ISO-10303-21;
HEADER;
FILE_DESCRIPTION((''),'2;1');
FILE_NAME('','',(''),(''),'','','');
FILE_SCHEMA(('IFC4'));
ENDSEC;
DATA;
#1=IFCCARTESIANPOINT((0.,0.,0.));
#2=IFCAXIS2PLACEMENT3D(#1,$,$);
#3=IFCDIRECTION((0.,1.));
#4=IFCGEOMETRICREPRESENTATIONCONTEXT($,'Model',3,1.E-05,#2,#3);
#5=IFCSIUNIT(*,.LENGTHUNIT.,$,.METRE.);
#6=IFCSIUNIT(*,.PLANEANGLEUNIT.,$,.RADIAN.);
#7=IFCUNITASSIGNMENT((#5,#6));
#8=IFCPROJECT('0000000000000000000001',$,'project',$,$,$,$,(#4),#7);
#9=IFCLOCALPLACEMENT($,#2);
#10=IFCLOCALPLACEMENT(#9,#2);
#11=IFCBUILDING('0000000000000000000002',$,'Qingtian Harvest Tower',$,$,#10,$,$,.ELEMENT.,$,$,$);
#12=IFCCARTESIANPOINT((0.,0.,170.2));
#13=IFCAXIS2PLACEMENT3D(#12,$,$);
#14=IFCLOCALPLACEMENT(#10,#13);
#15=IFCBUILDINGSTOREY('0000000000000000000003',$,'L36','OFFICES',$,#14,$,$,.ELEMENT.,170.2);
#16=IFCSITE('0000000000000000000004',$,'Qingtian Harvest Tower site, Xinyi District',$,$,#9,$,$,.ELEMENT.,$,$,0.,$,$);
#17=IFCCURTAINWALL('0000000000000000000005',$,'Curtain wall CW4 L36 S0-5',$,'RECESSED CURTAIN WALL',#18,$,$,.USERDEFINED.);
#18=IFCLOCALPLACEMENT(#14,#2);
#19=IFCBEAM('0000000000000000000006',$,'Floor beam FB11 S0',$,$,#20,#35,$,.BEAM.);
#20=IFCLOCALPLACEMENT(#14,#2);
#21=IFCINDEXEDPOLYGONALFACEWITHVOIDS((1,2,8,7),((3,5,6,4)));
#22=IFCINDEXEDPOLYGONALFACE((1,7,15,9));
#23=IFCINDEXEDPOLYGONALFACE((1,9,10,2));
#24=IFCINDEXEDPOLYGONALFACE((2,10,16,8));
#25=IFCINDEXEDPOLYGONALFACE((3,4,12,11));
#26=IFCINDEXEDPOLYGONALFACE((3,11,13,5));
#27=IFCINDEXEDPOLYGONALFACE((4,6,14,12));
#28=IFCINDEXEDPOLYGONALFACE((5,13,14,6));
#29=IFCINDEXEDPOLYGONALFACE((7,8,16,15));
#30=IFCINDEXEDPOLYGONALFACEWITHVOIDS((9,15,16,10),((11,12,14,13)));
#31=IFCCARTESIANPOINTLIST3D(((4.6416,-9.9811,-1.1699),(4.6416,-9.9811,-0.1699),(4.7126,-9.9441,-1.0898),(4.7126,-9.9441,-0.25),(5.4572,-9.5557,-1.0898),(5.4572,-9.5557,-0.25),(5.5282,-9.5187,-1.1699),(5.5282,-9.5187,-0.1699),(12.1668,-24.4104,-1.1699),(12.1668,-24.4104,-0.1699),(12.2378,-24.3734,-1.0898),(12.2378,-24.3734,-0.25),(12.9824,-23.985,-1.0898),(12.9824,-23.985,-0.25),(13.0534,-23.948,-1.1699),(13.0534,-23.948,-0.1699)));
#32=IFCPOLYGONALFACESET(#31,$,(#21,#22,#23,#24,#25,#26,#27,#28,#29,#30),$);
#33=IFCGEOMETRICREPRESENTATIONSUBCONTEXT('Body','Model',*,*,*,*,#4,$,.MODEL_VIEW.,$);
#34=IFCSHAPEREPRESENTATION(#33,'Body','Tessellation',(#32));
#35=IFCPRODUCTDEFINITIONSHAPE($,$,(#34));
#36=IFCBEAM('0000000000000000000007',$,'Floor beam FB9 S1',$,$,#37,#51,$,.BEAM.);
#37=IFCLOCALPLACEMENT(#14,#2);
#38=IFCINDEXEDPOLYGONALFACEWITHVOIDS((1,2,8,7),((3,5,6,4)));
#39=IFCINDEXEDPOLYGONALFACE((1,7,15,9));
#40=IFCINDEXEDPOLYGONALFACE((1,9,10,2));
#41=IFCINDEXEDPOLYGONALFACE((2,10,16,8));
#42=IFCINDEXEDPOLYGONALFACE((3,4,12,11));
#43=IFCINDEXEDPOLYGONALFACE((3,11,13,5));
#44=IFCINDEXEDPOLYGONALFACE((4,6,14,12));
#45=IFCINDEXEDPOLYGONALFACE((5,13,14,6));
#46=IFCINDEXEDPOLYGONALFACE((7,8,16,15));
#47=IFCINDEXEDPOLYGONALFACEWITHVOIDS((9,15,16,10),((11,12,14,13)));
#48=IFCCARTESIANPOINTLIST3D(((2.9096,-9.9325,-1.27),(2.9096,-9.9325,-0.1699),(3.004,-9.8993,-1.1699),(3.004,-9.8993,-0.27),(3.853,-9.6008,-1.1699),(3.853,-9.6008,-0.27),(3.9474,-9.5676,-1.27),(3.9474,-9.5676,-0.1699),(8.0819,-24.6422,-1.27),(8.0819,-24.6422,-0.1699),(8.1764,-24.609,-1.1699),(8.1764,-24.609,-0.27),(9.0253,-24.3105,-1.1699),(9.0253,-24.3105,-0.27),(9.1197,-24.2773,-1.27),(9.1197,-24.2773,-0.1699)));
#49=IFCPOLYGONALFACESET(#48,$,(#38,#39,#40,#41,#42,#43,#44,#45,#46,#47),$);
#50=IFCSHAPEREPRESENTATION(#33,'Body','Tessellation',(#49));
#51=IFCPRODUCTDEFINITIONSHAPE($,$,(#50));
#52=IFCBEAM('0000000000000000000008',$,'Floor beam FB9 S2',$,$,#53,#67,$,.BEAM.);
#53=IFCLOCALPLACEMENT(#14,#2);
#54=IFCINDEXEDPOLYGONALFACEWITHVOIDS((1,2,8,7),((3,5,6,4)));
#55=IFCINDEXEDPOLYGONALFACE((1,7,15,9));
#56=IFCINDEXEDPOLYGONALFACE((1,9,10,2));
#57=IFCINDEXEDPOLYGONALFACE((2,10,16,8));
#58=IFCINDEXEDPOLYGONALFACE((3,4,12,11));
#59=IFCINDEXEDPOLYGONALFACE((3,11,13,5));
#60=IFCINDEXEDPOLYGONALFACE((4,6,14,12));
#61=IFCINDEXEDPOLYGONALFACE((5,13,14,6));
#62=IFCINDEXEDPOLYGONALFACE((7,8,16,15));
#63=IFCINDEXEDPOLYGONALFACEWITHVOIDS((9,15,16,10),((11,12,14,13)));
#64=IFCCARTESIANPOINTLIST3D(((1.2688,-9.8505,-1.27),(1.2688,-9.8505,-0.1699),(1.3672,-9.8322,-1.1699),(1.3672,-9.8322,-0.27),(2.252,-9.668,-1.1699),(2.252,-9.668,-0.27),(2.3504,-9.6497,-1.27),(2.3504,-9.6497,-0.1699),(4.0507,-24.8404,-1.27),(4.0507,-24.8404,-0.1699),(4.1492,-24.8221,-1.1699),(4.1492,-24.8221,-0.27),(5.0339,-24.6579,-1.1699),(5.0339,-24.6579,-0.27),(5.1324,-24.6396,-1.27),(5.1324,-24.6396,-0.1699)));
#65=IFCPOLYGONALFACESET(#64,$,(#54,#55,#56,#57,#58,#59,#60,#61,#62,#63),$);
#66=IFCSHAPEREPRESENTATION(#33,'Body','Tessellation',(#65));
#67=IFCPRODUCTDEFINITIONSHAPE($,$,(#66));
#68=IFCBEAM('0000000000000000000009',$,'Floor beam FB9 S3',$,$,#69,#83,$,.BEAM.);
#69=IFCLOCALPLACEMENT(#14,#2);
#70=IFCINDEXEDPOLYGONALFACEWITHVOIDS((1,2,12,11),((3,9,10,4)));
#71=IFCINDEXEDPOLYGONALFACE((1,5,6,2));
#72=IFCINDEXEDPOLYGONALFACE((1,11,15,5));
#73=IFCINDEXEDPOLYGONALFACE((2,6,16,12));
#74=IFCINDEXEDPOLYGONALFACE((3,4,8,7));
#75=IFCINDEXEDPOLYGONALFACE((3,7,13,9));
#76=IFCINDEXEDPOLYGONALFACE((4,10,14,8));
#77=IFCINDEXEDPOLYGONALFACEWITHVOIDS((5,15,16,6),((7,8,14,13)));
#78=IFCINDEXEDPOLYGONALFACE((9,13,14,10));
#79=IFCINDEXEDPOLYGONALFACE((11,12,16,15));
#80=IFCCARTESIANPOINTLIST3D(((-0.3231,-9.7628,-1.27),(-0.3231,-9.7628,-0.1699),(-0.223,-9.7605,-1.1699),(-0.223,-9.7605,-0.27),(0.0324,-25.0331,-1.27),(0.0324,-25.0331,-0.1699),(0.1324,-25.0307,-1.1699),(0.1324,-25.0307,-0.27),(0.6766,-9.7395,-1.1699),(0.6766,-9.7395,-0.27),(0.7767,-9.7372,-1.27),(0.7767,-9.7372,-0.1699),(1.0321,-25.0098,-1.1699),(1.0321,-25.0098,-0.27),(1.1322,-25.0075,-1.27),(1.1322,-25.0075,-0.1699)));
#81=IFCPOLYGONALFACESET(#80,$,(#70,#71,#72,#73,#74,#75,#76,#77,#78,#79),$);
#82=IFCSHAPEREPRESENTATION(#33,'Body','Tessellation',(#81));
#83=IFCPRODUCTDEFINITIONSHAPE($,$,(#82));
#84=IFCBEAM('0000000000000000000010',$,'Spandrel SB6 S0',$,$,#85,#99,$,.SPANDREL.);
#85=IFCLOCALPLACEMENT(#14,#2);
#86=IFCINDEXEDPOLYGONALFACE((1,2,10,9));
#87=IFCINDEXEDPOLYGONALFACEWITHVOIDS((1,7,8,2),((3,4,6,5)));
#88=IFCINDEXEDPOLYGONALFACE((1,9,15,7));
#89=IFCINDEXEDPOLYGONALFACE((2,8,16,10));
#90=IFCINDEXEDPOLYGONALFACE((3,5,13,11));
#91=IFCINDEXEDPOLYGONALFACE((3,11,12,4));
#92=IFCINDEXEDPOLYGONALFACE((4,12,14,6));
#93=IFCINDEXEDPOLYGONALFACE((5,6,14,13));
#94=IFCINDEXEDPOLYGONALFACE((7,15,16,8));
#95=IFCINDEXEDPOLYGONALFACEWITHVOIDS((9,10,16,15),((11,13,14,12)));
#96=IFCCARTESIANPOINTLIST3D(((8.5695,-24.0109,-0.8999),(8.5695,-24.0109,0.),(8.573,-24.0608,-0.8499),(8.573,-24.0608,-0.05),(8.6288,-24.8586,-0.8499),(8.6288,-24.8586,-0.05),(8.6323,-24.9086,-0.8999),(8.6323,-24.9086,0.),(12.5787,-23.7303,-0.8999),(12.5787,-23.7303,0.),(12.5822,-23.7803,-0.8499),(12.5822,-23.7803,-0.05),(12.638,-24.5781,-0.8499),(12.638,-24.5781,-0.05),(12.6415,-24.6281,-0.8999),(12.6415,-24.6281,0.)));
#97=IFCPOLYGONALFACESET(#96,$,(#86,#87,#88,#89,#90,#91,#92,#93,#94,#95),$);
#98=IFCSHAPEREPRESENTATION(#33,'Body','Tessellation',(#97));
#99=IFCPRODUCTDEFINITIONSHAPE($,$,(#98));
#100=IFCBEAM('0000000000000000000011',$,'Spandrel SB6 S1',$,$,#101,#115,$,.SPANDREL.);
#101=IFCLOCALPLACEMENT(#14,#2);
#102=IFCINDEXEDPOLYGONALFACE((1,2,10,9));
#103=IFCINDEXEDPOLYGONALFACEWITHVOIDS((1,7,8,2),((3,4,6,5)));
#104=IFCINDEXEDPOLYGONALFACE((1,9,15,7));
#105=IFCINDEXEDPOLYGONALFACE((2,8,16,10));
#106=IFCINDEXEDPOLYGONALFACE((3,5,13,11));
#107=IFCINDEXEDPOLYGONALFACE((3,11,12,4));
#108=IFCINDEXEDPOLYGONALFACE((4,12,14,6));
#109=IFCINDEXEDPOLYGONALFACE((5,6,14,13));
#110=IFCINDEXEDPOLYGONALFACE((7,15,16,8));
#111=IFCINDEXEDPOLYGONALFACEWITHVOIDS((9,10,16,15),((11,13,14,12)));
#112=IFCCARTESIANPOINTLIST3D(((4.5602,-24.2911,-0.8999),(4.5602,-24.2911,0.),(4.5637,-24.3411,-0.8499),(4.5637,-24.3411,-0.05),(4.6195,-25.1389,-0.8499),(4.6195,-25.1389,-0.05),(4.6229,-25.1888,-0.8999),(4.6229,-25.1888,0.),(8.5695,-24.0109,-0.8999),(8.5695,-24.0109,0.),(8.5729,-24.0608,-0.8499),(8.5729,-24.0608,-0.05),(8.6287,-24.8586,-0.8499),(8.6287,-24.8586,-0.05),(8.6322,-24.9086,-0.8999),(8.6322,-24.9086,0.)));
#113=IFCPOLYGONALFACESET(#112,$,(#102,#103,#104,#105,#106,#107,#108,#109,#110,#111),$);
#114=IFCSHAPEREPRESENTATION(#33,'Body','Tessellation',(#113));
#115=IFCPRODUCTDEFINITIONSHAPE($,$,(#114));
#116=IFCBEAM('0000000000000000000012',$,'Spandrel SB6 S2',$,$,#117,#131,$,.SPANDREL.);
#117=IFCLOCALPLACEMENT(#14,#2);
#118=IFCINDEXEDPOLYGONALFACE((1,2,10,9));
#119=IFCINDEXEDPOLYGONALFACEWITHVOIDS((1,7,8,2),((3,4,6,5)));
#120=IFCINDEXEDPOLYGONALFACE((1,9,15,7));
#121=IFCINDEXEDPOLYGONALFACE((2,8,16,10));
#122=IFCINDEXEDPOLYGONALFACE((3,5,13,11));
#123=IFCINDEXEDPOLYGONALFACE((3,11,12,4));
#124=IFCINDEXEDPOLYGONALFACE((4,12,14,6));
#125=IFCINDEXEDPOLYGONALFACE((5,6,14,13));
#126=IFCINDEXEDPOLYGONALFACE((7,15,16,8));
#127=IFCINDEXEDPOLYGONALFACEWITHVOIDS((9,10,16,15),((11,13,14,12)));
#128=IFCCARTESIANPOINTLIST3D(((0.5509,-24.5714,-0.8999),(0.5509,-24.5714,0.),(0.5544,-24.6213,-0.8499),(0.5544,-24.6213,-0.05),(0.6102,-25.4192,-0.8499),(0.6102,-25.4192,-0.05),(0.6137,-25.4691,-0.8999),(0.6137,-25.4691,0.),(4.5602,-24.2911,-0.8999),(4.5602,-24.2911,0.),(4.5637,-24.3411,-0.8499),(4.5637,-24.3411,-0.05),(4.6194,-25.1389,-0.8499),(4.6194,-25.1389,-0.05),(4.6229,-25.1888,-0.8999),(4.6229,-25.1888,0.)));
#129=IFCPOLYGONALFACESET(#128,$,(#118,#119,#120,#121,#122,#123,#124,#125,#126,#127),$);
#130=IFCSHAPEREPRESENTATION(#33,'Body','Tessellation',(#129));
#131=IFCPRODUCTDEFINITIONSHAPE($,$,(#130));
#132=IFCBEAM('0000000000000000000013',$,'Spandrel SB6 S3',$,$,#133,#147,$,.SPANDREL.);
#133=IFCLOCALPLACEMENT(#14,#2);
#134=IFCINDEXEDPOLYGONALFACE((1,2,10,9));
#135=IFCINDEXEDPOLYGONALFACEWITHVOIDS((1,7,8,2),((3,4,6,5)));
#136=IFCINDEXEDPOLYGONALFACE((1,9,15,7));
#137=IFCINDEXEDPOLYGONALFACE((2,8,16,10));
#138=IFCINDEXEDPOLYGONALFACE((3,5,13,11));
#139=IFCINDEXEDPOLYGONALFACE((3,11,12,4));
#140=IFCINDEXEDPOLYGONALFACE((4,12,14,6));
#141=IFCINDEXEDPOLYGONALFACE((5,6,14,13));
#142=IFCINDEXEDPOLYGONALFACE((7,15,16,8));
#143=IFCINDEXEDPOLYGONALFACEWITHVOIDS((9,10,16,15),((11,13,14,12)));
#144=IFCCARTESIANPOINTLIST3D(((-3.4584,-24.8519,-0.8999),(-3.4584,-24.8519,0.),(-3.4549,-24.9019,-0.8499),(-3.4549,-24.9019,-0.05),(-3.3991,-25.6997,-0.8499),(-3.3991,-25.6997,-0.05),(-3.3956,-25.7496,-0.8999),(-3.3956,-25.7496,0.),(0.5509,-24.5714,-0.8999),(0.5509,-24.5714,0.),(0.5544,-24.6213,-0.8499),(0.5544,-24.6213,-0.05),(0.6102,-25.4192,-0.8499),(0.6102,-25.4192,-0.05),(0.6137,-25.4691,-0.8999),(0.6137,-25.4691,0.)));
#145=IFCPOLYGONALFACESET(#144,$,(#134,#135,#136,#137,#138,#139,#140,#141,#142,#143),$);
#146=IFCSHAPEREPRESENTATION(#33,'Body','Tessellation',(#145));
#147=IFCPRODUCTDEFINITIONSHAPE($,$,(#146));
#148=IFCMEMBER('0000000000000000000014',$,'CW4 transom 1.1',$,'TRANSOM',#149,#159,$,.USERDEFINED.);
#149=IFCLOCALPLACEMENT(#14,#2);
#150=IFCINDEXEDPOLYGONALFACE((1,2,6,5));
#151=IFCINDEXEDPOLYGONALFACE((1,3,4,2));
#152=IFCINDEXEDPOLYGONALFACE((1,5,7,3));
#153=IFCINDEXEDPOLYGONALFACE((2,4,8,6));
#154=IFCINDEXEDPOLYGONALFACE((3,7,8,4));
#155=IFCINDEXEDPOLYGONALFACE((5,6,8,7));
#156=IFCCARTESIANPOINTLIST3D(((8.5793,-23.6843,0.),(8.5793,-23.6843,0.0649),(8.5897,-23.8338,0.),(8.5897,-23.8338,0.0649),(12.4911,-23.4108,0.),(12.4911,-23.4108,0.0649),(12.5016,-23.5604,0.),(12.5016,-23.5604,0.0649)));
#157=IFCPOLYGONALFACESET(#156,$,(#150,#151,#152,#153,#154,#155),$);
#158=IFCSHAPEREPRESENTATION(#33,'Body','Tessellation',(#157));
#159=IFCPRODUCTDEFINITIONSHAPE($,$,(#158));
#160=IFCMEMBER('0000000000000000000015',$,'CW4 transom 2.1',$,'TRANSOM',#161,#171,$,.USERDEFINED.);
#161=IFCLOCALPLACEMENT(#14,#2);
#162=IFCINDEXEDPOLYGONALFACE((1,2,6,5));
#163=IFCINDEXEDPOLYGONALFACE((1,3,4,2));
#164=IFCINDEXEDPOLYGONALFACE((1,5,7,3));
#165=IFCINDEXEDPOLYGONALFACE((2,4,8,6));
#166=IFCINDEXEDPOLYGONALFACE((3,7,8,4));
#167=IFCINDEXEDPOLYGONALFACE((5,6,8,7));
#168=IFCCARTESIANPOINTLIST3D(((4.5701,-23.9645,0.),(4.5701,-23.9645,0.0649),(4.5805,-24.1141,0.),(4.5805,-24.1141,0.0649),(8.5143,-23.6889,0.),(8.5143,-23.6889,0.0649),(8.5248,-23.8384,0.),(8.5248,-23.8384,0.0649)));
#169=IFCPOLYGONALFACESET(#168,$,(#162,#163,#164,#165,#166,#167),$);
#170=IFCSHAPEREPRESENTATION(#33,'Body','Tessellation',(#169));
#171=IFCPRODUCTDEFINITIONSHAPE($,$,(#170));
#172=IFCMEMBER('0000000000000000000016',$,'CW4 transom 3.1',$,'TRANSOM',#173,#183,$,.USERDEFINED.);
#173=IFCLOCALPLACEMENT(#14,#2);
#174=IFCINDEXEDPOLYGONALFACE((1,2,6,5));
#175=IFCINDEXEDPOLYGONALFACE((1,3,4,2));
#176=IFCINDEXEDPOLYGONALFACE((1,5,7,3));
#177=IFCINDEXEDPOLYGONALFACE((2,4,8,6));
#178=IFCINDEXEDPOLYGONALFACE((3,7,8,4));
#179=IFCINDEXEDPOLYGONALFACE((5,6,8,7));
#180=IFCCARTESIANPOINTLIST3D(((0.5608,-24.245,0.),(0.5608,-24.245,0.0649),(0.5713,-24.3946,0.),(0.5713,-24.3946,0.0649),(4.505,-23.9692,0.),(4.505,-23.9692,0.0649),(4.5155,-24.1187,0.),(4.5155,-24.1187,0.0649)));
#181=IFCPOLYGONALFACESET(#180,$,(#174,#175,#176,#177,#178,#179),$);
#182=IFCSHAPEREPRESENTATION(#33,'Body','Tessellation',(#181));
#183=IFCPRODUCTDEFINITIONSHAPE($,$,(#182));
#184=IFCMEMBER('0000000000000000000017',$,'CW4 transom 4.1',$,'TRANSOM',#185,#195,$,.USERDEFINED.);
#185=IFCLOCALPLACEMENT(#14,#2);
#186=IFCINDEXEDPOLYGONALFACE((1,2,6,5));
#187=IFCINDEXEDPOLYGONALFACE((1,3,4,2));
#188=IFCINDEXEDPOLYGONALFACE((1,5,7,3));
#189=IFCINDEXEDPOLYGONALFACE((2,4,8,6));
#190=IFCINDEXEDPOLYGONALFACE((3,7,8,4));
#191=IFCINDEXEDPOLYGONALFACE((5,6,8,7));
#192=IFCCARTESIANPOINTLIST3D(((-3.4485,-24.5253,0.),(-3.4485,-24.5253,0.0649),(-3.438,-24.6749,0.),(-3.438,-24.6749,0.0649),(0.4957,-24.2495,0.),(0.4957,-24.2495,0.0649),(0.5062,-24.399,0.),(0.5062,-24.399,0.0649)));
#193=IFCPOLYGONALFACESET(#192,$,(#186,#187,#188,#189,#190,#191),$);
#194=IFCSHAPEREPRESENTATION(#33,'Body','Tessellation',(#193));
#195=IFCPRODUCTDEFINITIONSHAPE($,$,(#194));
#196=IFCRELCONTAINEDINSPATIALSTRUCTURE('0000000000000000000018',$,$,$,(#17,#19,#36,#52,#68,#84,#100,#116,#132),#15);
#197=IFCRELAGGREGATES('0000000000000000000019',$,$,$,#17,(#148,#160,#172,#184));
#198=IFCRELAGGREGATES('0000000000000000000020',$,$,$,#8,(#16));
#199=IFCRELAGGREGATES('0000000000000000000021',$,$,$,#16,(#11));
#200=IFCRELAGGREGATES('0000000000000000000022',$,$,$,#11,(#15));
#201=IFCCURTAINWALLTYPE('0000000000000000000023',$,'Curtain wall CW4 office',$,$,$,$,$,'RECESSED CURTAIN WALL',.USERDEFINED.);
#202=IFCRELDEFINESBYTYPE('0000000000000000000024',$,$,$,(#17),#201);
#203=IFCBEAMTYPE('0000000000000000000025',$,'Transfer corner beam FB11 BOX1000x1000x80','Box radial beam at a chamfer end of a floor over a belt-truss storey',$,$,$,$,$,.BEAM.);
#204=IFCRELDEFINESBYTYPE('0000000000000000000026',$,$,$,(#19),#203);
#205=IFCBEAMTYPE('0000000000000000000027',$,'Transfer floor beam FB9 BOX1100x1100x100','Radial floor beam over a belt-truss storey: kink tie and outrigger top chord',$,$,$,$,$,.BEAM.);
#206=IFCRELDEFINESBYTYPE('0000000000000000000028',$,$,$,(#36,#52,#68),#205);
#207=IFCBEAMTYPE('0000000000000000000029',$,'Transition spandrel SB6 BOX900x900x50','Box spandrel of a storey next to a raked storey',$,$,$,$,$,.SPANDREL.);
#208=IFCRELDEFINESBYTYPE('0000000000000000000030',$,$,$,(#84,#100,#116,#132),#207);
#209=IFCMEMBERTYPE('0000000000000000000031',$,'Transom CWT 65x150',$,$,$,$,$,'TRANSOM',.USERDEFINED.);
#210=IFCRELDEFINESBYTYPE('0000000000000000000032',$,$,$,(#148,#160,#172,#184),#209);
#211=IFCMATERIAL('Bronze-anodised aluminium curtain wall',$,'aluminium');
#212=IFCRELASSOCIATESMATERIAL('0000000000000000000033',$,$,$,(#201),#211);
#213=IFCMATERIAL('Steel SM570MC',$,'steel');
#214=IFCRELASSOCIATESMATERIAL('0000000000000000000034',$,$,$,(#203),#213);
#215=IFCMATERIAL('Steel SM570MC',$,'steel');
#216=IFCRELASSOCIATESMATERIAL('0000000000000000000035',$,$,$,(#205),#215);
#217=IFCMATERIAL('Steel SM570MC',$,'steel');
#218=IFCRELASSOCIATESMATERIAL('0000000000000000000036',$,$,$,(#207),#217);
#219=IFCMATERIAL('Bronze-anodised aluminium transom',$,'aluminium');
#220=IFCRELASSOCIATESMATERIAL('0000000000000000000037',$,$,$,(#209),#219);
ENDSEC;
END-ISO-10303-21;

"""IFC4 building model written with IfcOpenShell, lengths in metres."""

from ifc_helpers import new_model, si_unit, direction, frame, origin, origin_2d, place, context, subcontext, project, spatial, rectangle, hollow_rectangle, extrude, material, material_profile, profile_set, type_object, element, aggregate, save


model = new_model("IFC4")

# Units and contexts
model_context = context("Model", 3, precision=1e-05, world=origin(), true_north=direction((0.0, 1.0)))
body_context = subcontext(model_context, "Body", "Model", "MODEL_VIEW")
ifc_project = project(units=[si_unit("LENGTHUNIT", "METRE"), si_unit("PLANEANGLEUNIT", "RADIAN")], contexts=[model_context])

# Site, building, storey
site_placement = place(None, origin())
site = spatial("IfcSite", under=ifc_project, at=site_placement, Name="Qingtian Harvest Tower site, Xinyi District", CompositionType="ELEMENT", RefElevation=0.0)
building_placement = place(site_placement, origin())
building = spatial("IfcBuilding", under=site, at=building_placement, Name="Qingtian Harvest Tower", CompositionType="ELEMENT")
storey_placement = place(building_placement, frame((0.0, 0.0, 170.2)))
storey = spatial("IfcBuildingStorey", under=building, at=storey_placement, Name="L36", Description="OFFICES", CompositionType="ELEMENT", Elevation=170.2)

# Shared definitions
ifc_material_1 = material(Name="Bronze-anodised aluminium curtain wall", Category="aluminium")
curtain_wall_type = type_object("IfcCurtainWallType", Name="Curtain wall CW4 office", ElementType="RECESSED CURTAIN WALL", PredefinedType="USERDEFINED", material=ifc_material_1)

# Curtain wall
curtain_wall_1_placement = place(storey_placement, origin())
curtain_wall_1 = element("IfcCurtainWall", 1, at=curtain_wall_1_placement, inside=storey, type_object=curtain_wall_type, Name="Curtain wall CW4 L36 S0-5", ObjectType="RECESSED CURTAIN WALL", PredefinedType="USERDEFINED")

# Beams
ifc_material_2 = material(Name="Steel SM570MC", Category="steel")
ifc_material_profile_1 = material_profile(ifc_material_2, hollow_rectangle(XDim=1.0, YDim=1.0, WallThickness=0.0801, at=origin_2d()), Name="BOX1000x1000x80")
ifc_profile_set_1 = profile_set([ifc_material_profile_1], Name="Steel SM570MC")
beam_type_1 = type_object("IfcBeamType", Name="Transfer corner beam FB11 BOX1000x1000x80", Description="Box radial beam at a chamfer end of a floor over a belt-truss storey", PredefinedType="BEAM", material=ifc_profile_set_1)
beam_1_placement = place(storey_placement, frame((12.6101, -24.1792, -0.6699), z_axis=(-0.462415, 0.886664, 0.0), x_axis=(-0.886664, -0.462415, 0.0)))
element("IfcBeam", 2, at=beam_1_placement, inside=storey, type_object=beam_type_1, Name="Floor beam FB11 S0", PredefinedType="BEAM", context=body_context, shape_type="SweptSolid", body=[
    extrude(hollow_rectangle(XDim=1.0, YDim=1.0, WallThickness=0.0801, at=origin_2d()), origin(), (0.0, 0.0, 1.0), 16.2737),
])
ifc_material_3 = material(Name="Steel SM570MC", Category="steel")
ifc_material_profile_2 = material_profile(ifc_material_3, hollow_rectangle(XDim=1.1001, YDim=1.1001, WallThickness=0.1001, at=origin_2d()), Name="BOX1100x1100x100")
ifc_profile_set_2 = profile_set([ifc_material_profile_2], Name="Steel SM570MC")
beam_type_2 = type_object("IfcBeamType", Name="Transfer floor beam FB9 BOX1100x1100x100", Description="Radial floor beam over a belt-truss storey: kink tie and outrigger top chord", PredefinedType="BEAM", material=ifc_profile_set_2)
beam_2_placement = place(storey_placement, frame((8.6008, -24.4597, -0.72), z_axis=(-0.331719, 0.943378, 0.0), x_axis=(-0.943378, -0.331719, 0.0)))
element("IfcBeam", 3, at=beam_2_placement, inside=storey, type_object=beam_type_2, Name="Floor beam FB9 S1", PredefinedType="BEAM", context=body_context, shape_type="SweptSolid", body=[
    extrude(hollow_rectangle(XDim=1.1001, YDim=1.1001, WallThickness=0.1001, at=origin_2d()), origin(), (0.0, 0.0, 1.0), 15.5925),
])
beam_3_placement = place(storey_placement, frame((4.5916, -24.74, -0.72), z_axis=(-0.182473, 0.983211, 0.0), x_axis=(-0.983211, -0.182473, 0.0)))
element("IfcBeam", 4, at=beam_3_placement, inside=storey, type_object=beam_type_2, Name="Floor beam FB9 S2", PredefinedType="BEAM", context=body_context, shape_type="SweptSolid", body=[
    extrude(hollow_rectangle(XDim=1.1001, YDim=1.1001, WallThickness=0.1001, at=origin_2d()), origin(), (0.0, 0.0, 1.0), 15.2458),
])
beam_4_placement = place(storey_placement, frame((0.5823, -25.0203, -0.72), z_axis=(-0.023272, 0.999729, 0.0), x_axis=(-0.999729, -0.023272, 0.0)))
element("IfcBeam", 5, at=beam_4_placement, inside=storey, type_object=beam_type_2, Name="Floor beam FB9 S3", PredefinedType="BEAM", context=body_context, shape_type="SweptSolid", body=[
    extrude(hollow_rectangle(XDim=1.1001, YDim=1.1001, WallThickness=0.1001, at=origin_2d()), origin(), (0.0, 0.0, 1.0), 15.2744),
])
ifc_material_4 = material(Name="Steel SM570MC", Category="steel")
ifc_material_profile_3 = material_profile(ifc_material_4, hollow_rectangle(XDim=0.8999, YDim=0.8999, WallThickness=0.05, at=origin_2d()), Name="BOX900x900x50")
ifc_profile_set_3 = profile_set([ifc_material_profile_3], Name="Steel SM570MC")
beam_type_3 = type_object("IfcBeamType", Name="Transition spandrel SB6 BOX900x900x50", Description="Box spandrel of a storey next to a raked storey", PredefinedType="SPANDREL", material=ifc_profile_set_3)
for number, where, z_axis, x_axis, name in (
    (6, (12.6101, -24.1792, -0.45), (-0.997561, -0.069796, 0.0), (0.069796, -0.997561, 0.0), "Spandrel SB6 S0"),
    (7, (8.6008, -24.4597, -0.45), (-0.997565, -0.069736, 0.0), (0.069736, -0.997565, 0.0), "Spandrel SB6 S1"),
    (8, (4.5916, -24.74, -0.45), (-0.997565, -0.069736, 0.0), (0.069736, -0.997565, 0.0), "Spandrel SB6 S2"),
    (9, (0.5823, -25.0203, -0.45), (-0.997561, -0.069796, 0.0), (0.069796, -0.997561, 0.0), "Spandrel SB6 S3"),
):
    element("IfcBeam", number, at=place(storey_placement, frame(where, z_axis=z_axis, x_axis=x_axis)), inside=storey, type_object=beam_type_3, Name=name, PredefinedType="SPANDREL", context=body_context, shape_type="SweptSolid", body=[
        extrude(hollow_rectangle(XDim=0.8999, YDim=0.8999, WallThickness=0.05, at=origin_2d()), origin(), (0.0, 0.0, 1.0), 4.019),
    ])

# Members
ifc_material_5 = material(Name="Bronze-anodised aluminium transom", Category="aluminium")
ifc_material_profile_4 = material_profile(ifc_material_5, rectangle(XDim=0.1499, YDim=0.0649, at=origin_2d()), Name="AL 65x150")
ifc_profile_set_4 = profile_set([ifc_material_profile_4], Name="Bronze-anodised aluminium transom")
member_type_1 = type_object("IfcMemberType", Name="Transom CWT 65x150", ElementType="TRANSOM", PredefinedType="USERDEFINED", material=ifc_profile_set_4)
member_1_placement = place(storey_placement, frame((12.4963, -23.4856, 0.0325), z_axis=(-0.997566, -0.069729, 0.0), x_axis=(0.069729, -0.997566, 0.0)))
member_1 = element("IfcMember", 10, at=member_1_placement, type_object=member_type_1, Name="CW4 transom 1.1", ObjectType="TRANSOM", PredefinedType="USERDEFINED", context=body_context, shape_type="SweptSolid", body=[
    extrude(rectangle(XDim=0.1499, YDim=0.0649, at=origin_2d()), origin(), (0.0, 0.0, 1.0), 3.9214),
])
member_2_placement = place(storey_placement, frame((8.5195, -23.7637, 0.0325), z_axis=(-0.997567, -0.069711, 0.0), x_axis=(0.069711, -0.997567, 0.0)))
member_2 = element("IfcMember", 11, at=member_2_placement, type_object=member_type_1, Name="CW4 transom 2.1", ObjectType="TRANSOM", PredefinedType="USERDEFINED", context=body_context, shape_type="SweptSolid", body=[
    extrude(rectangle(XDim=0.1499, YDim=0.0649, at=origin_2d()), origin(), (0.0, 0.0, 1.0), 3.9539),
])
member_3_placement = place(storey_placement, frame((4.5103, -24.0439, 0.0325), z_axis=(-0.997563, -0.069773, 0.0), x_axis=(0.069773, -0.997563, 0.0)))
member_3 = element("IfcMember", 12, at=member_3_placement, type_object=member_type_1, Name="CW4 transom 3.1", ObjectType="TRANSOM", PredefinedType="USERDEFINED", context=body_context, shape_type="SweptSolid", body=[
    extrude(rectangle(XDim=0.1499, YDim=0.0649, at=origin_2d()), origin(), (0.0, 0.0, 1.0), 3.9539),
])
member_4_placement = place(storey_placement, frame((0.501, -24.3242, 0.0325), z_axis=(-0.997563, -0.069773, 0.0), x_axis=(0.069773, -0.997563, 0.0)))
member_4 = element("IfcMember", 13, at=member_4_placement, type_object=member_type_1, Name="CW4 transom 4.1", ObjectType="TRANSOM", PredefinedType="USERDEFINED", context=body_context, shape_type="SweptSolid", body=[
    extrude(rectangle(XDim=0.1499, YDim=0.0649, at=origin_2d()), origin(), (0.0, 0.0, 1.0), 3.9539),
])

aggregate(curtain_wall_1, [member_1, member_2, member_3, member_4])

save(model, "model.ifc")
